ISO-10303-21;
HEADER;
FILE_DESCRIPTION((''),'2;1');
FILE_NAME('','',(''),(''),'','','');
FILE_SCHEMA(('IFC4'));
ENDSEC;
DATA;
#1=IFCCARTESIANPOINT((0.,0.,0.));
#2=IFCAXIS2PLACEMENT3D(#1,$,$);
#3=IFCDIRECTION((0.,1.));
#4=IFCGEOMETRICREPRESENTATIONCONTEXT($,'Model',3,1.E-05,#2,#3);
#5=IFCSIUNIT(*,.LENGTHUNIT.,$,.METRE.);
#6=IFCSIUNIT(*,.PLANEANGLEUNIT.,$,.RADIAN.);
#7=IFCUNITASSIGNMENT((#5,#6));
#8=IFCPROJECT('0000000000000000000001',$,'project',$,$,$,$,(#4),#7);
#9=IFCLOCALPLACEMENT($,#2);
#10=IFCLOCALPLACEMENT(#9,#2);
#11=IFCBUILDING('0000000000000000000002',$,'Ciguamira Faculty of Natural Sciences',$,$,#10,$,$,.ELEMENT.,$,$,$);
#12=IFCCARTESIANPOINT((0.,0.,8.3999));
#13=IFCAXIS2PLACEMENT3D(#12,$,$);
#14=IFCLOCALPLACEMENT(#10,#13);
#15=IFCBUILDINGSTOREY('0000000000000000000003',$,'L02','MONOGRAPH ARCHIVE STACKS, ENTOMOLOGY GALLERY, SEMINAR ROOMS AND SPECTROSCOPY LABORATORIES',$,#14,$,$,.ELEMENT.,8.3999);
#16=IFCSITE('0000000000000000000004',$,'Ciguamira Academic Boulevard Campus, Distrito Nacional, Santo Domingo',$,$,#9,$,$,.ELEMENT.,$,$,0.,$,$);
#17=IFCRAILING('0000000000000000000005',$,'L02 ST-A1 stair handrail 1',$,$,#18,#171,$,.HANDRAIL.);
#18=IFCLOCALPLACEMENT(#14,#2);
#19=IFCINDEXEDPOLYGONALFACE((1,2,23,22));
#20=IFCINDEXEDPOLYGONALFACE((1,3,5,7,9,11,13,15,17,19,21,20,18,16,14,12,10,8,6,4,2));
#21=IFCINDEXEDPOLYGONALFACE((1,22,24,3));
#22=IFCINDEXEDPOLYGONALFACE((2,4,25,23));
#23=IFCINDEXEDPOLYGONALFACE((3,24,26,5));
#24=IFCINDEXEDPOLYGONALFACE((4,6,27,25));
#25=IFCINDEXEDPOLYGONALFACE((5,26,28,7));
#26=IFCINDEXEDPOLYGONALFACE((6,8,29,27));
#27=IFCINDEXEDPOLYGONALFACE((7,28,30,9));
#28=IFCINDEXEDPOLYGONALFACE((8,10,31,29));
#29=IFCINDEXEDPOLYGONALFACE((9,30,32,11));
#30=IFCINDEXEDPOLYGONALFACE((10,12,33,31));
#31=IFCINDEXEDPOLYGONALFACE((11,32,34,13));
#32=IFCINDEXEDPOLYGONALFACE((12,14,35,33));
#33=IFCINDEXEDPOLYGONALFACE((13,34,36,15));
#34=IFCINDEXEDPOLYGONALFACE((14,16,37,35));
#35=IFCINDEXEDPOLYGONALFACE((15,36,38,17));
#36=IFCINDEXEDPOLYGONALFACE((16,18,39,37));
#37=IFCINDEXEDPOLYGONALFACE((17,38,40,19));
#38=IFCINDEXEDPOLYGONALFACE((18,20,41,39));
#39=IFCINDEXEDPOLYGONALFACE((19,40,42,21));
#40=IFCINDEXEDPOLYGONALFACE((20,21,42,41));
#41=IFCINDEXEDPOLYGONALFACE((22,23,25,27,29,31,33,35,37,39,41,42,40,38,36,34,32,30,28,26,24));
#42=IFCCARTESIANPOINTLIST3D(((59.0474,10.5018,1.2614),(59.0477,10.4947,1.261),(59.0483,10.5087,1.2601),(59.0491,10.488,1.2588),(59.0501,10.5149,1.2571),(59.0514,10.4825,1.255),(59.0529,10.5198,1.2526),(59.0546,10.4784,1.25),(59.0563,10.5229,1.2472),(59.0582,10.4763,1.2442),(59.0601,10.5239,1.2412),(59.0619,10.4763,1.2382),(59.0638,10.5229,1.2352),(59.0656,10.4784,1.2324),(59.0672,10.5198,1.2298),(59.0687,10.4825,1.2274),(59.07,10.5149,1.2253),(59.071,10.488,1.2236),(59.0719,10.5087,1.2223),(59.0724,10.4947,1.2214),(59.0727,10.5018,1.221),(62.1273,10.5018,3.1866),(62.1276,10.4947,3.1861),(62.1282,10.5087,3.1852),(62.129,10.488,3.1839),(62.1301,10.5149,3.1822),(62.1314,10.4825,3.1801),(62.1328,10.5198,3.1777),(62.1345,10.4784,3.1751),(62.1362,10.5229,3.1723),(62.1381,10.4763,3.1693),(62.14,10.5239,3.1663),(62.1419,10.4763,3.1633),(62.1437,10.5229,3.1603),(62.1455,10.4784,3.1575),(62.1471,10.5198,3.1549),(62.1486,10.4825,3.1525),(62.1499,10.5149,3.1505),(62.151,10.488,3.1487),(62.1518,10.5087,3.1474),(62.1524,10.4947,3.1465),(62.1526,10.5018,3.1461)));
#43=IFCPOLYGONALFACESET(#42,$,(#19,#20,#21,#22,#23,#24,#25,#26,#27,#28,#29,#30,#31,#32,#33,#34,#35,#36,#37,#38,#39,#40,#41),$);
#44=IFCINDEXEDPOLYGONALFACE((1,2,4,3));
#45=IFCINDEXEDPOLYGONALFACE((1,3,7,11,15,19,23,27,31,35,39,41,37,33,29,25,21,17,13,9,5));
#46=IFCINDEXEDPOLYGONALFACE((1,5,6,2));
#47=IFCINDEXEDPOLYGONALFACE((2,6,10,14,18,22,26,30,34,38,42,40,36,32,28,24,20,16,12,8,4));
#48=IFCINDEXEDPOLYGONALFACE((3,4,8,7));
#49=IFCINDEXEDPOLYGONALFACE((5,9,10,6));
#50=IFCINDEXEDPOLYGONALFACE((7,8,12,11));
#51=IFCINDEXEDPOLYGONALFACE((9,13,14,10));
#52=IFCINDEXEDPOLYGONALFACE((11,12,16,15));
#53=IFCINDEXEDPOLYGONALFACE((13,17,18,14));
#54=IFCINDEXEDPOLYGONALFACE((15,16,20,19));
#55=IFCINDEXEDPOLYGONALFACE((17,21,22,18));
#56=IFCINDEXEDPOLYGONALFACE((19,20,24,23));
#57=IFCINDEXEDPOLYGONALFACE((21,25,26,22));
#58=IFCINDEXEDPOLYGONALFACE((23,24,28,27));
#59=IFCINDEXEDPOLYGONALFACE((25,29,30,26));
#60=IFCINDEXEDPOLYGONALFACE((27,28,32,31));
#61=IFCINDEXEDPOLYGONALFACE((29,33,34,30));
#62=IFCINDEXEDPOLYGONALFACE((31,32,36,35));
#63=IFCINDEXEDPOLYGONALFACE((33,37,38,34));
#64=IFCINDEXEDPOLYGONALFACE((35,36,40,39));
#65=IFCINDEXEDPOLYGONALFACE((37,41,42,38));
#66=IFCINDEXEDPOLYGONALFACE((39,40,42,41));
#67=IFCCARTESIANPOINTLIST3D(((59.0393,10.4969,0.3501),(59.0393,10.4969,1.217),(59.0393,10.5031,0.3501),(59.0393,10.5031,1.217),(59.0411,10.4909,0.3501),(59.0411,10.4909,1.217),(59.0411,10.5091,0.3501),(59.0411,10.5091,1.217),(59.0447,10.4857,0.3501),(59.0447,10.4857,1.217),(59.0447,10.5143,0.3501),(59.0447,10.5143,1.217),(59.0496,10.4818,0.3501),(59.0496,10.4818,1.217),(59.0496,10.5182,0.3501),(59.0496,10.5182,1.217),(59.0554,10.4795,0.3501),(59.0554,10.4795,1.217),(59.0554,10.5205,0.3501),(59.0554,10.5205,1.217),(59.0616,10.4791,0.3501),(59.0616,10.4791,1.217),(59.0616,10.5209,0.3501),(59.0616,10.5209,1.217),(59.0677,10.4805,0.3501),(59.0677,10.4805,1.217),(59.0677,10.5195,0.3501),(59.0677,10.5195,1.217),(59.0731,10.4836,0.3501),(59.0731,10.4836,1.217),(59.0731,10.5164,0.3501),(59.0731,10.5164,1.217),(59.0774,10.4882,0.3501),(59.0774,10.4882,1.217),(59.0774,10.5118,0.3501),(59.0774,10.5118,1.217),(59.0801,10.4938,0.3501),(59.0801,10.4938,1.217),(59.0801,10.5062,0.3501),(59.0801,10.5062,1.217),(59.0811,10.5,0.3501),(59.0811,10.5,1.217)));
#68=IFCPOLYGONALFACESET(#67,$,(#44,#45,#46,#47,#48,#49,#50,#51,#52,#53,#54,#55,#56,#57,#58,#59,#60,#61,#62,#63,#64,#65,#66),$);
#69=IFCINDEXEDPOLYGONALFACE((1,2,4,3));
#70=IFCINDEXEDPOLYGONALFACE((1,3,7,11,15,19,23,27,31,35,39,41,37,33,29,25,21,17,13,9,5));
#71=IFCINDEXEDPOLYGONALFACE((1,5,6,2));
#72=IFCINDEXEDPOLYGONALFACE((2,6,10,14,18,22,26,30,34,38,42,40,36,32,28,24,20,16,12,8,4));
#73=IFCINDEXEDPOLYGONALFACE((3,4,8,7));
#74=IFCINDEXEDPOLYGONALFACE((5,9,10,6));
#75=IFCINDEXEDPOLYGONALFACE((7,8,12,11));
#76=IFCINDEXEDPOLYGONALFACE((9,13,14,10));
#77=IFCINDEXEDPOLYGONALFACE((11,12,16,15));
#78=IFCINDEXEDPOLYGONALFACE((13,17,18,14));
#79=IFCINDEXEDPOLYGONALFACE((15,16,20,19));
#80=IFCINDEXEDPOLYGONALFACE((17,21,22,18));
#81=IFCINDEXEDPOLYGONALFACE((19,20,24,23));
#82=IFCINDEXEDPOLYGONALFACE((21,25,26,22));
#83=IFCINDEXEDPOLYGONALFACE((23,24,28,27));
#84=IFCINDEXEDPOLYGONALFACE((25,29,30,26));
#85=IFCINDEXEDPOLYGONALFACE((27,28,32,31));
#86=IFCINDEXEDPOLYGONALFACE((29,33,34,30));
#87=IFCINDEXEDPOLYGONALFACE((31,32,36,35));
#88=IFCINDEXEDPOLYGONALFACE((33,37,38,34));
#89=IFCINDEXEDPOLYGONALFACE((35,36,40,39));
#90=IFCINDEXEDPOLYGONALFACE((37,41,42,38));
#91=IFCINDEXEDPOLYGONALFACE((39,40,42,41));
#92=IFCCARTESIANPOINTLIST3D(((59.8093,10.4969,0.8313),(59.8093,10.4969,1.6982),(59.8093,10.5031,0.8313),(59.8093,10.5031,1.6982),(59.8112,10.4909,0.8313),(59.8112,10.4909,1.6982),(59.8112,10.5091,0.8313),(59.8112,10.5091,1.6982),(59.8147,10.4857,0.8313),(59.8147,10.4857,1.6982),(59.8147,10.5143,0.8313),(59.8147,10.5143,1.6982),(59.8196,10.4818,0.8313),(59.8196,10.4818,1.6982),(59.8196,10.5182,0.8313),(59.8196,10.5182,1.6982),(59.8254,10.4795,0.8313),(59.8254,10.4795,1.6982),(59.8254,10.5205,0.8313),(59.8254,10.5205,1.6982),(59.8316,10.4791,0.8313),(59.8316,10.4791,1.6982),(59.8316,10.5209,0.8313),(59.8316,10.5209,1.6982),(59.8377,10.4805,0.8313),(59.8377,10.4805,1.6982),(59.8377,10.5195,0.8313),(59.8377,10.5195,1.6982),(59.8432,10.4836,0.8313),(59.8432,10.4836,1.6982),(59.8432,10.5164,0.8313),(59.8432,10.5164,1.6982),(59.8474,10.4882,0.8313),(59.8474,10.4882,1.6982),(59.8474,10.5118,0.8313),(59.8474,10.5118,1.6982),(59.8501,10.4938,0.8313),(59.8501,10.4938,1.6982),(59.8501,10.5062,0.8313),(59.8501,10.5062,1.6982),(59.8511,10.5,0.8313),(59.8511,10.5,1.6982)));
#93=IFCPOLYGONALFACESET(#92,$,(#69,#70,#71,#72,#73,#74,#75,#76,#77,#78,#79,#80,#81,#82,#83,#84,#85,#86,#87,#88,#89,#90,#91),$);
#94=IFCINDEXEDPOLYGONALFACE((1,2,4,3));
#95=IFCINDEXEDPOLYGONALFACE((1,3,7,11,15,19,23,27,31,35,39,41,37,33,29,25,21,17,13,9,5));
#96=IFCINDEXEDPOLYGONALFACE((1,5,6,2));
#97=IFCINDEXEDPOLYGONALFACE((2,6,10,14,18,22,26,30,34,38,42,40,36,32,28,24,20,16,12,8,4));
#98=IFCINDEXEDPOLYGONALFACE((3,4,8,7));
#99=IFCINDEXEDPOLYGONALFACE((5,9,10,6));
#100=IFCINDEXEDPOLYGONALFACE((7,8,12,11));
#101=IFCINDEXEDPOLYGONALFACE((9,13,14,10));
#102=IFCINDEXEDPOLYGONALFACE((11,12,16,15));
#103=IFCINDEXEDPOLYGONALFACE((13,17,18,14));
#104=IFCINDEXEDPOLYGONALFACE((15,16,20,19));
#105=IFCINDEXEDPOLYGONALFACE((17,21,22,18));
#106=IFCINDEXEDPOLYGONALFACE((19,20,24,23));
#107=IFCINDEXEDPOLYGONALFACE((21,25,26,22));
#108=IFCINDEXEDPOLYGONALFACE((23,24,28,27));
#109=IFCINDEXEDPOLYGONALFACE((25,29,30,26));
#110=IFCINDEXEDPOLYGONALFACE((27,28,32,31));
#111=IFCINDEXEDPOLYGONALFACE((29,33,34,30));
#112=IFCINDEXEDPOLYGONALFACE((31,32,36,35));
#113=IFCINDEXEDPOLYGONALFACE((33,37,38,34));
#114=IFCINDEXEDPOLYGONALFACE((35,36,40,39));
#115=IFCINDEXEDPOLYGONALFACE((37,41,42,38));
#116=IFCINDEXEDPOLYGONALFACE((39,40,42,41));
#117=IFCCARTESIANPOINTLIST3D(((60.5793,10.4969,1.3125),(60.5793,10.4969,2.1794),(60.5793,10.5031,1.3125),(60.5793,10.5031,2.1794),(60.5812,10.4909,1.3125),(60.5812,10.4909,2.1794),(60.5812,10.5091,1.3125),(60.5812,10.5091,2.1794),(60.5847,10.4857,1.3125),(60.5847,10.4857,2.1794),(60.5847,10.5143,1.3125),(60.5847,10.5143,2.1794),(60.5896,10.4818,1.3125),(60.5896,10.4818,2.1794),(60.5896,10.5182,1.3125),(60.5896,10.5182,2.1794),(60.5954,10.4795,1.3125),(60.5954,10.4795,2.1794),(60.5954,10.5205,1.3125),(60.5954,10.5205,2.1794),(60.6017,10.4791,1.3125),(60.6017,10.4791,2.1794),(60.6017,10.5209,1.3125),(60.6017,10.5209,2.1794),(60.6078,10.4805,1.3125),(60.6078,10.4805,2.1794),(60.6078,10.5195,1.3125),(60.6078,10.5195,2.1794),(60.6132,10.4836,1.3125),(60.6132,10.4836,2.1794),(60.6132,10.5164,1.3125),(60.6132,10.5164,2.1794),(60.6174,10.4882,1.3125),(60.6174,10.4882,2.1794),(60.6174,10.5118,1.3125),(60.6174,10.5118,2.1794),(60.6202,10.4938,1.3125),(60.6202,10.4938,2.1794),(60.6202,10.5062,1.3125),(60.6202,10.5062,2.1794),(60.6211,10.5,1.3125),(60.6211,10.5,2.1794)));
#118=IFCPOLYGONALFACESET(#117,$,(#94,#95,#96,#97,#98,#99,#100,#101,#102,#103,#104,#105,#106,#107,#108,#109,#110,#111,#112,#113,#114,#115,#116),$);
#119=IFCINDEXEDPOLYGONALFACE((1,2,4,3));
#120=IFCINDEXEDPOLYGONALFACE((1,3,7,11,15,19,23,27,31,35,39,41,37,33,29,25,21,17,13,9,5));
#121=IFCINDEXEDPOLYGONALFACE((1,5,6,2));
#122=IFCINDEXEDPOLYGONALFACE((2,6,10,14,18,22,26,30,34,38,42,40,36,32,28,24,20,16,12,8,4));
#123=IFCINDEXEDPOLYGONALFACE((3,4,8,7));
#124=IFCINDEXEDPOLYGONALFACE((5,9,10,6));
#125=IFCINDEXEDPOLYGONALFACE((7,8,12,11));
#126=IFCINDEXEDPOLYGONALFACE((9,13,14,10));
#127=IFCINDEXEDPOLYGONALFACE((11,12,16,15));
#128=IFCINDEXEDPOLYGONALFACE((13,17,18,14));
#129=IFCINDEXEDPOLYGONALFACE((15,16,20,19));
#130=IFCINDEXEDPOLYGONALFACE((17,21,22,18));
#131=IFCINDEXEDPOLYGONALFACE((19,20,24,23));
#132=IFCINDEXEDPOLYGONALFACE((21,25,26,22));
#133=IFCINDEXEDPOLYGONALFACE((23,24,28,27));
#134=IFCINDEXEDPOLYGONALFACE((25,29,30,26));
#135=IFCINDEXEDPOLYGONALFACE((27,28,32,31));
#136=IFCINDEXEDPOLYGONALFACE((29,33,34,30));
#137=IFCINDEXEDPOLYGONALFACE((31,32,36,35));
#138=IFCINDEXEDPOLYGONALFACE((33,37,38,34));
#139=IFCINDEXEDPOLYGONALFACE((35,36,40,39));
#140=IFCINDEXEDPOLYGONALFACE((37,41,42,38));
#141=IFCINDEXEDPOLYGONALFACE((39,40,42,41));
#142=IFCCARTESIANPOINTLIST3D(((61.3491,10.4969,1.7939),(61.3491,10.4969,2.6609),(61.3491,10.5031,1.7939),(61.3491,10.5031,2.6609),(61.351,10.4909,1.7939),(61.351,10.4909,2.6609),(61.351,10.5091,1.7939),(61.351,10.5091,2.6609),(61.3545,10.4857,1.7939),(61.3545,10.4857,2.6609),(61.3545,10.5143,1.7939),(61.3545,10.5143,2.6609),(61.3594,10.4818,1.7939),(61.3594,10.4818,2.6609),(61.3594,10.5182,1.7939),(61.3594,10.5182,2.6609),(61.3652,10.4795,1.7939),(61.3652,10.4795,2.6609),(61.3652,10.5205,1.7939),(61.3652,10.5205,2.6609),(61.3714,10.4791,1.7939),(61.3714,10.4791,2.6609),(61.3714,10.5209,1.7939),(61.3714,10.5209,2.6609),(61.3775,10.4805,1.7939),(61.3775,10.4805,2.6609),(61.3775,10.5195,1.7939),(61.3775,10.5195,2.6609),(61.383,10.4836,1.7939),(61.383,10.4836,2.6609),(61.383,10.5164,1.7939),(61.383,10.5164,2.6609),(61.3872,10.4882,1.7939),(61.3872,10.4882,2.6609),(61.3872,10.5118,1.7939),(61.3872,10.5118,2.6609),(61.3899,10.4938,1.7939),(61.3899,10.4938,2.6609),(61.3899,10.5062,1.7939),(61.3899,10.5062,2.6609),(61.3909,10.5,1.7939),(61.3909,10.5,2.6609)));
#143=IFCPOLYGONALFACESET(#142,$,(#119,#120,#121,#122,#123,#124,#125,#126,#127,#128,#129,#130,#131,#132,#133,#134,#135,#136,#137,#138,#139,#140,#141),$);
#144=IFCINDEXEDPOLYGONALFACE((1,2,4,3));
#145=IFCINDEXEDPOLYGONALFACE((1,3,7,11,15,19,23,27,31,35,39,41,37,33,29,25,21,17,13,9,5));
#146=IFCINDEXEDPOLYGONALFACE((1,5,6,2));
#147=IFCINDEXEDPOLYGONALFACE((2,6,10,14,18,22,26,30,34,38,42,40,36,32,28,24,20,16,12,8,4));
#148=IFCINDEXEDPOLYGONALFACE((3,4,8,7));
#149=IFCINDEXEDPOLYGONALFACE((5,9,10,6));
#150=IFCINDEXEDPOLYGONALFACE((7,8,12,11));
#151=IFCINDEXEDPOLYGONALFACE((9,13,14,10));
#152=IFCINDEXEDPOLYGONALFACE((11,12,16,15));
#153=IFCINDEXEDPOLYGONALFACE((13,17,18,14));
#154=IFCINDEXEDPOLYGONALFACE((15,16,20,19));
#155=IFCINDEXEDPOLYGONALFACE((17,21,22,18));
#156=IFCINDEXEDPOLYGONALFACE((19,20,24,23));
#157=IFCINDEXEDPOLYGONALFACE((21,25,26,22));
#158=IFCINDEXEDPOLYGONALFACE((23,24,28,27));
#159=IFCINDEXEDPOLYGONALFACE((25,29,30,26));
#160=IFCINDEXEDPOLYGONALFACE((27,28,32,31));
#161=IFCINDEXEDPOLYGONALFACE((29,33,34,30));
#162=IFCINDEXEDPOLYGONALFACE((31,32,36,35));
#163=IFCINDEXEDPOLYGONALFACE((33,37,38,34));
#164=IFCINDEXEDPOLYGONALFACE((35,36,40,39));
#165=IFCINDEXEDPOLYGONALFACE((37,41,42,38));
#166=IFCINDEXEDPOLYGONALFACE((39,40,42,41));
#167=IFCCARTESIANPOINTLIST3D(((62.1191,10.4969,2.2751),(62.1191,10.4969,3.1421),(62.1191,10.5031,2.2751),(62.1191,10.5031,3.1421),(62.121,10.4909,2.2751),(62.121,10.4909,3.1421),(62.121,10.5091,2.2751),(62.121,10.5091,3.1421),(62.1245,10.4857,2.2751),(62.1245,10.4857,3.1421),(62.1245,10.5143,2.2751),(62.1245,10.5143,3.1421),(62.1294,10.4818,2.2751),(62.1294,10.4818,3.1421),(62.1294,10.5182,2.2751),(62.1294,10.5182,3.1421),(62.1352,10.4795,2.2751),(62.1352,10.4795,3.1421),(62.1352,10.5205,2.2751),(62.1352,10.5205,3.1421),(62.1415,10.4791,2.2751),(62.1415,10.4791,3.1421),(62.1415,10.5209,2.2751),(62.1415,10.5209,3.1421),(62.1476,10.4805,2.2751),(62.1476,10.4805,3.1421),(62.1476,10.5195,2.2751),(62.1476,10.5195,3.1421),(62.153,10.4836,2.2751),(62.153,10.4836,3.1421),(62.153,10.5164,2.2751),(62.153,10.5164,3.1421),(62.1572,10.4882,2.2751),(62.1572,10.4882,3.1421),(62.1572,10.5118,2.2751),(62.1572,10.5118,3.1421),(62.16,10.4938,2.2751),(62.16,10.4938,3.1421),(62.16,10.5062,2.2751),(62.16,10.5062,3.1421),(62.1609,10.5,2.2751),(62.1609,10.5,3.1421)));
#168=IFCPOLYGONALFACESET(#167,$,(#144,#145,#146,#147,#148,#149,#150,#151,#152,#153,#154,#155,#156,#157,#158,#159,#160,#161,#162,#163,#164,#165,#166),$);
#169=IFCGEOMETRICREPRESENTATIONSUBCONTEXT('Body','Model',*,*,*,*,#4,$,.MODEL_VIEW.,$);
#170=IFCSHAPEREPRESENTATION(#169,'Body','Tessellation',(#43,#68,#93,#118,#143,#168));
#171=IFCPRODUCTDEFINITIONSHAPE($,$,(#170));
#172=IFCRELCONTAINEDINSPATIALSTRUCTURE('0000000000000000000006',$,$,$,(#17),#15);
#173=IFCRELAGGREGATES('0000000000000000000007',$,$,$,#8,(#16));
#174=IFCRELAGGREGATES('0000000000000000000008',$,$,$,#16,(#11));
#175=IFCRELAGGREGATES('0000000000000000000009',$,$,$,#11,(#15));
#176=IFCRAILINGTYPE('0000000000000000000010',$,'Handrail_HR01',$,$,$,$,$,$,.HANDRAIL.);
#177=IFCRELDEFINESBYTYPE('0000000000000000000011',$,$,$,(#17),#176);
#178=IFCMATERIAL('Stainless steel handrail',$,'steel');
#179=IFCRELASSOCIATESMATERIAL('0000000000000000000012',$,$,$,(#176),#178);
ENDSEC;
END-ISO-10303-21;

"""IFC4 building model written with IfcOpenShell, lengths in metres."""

from ifc_helpers import new_model, si_unit, direction, frame, origin, origin_2d, place, context, subcontext, project, spatial, circle, extrude, material, type_object, element, save


model = new_model("IFC4")

# Units and contexts
model_context = context("Model", 3, precision=1e-05, world=origin(), true_north=direction((0.0, 1.0)))
body_context = subcontext(model_context, "Body", "Model", "MODEL_VIEW")
ifc_project = project(units=[si_unit("LENGTHUNIT", "METRE"), si_unit("PLANEANGLEUNIT", "RADIAN")], contexts=[model_context])

# Site, building, storey
site_placement = place(None, origin())
site = spatial("IfcSite", under=ifc_project, at=site_placement, Name="Ciguamira Academic Boulevard Campus, Distrito Nacional, Santo Domingo", CompositionType="ELEMENT", RefElevation=0.0)
building_placement = place(site_placement, origin())
building = spatial("IfcBuilding", under=site, at=building_placement, Name="Ciguamira Faculty of Natural Sciences", CompositionType="ELEMENT")
storey_placement = place(building_placement, frame((0.0, 0.0, 8.3999)))
storey = spatial("IfcBuildingStorey", under=building, at=storey_placement, Name="L02", Description="MONOGRAPH ARCHIVE STACKS, ENTOMOLOGY GALLERY, SEMINAR ROOMS AND SPECTROSCOPY LABORATORIES", CompositionType="ELEMENT", Elevation=8.3999)

# Railing
ifc_material_1 = material(Name="Stainless steel handrail", Category="steel")
railing_type_1 = type_object("IfcRailingType", Name="Handrail_HR01", PredefinedType="HANDRAIL", material=ifc_material_1)
railing_1_placement = place(storey_placement, frame((59.0601, 10.5, 0.3501)))
element("IfcRailing", 1, at=railing_1_placement, inside=storey, type_object=railing_type_1, Name="L02 ST-A1 stair handrail 1", PredefinedType="HANDRAIL", context=body_context, shape_type="SweptSolid", body=[
    extrude(circle(Radius=0.0239, at=origin_2d()), frame((0.0, 0.0, 0.8911), z_axis=(0.847979, 0.0, 0.530029), x_axis=(0.0, 1.0, 0.0)), (0.0, 0.0, 1.0), 3.6321),
    extrude(circle(Radius=0.021, at=origin_2d()), origin(), (0.0, 0.0, 1.0), 0.8669),
    extrude(circle(Radius=0.021, at=origin_2d()), frame((0.77, 0.0, 0.4812)), (0.0, 0.0, 1.0), 0.8669),
    extrude(circle(Radius=0.021, at=origin_2d()), frame((1.54, 0.0, 0.9624)), (0.0, 0.0, 1.0), 0.8669),
    extrude(circle(Radius=0.021, at=origin_2d()), frame((2.3098, 0.0, 1.4438)), (0.0, 0.0, 1.0), 0.8669),
    extrude(circle(Radius=0.021, at=origin_2d()), frame((3.0798, 0.0, 1.925)), (0.0, 0.0, 1.0), 0.8669),
])

save(model, "model.ifc")
